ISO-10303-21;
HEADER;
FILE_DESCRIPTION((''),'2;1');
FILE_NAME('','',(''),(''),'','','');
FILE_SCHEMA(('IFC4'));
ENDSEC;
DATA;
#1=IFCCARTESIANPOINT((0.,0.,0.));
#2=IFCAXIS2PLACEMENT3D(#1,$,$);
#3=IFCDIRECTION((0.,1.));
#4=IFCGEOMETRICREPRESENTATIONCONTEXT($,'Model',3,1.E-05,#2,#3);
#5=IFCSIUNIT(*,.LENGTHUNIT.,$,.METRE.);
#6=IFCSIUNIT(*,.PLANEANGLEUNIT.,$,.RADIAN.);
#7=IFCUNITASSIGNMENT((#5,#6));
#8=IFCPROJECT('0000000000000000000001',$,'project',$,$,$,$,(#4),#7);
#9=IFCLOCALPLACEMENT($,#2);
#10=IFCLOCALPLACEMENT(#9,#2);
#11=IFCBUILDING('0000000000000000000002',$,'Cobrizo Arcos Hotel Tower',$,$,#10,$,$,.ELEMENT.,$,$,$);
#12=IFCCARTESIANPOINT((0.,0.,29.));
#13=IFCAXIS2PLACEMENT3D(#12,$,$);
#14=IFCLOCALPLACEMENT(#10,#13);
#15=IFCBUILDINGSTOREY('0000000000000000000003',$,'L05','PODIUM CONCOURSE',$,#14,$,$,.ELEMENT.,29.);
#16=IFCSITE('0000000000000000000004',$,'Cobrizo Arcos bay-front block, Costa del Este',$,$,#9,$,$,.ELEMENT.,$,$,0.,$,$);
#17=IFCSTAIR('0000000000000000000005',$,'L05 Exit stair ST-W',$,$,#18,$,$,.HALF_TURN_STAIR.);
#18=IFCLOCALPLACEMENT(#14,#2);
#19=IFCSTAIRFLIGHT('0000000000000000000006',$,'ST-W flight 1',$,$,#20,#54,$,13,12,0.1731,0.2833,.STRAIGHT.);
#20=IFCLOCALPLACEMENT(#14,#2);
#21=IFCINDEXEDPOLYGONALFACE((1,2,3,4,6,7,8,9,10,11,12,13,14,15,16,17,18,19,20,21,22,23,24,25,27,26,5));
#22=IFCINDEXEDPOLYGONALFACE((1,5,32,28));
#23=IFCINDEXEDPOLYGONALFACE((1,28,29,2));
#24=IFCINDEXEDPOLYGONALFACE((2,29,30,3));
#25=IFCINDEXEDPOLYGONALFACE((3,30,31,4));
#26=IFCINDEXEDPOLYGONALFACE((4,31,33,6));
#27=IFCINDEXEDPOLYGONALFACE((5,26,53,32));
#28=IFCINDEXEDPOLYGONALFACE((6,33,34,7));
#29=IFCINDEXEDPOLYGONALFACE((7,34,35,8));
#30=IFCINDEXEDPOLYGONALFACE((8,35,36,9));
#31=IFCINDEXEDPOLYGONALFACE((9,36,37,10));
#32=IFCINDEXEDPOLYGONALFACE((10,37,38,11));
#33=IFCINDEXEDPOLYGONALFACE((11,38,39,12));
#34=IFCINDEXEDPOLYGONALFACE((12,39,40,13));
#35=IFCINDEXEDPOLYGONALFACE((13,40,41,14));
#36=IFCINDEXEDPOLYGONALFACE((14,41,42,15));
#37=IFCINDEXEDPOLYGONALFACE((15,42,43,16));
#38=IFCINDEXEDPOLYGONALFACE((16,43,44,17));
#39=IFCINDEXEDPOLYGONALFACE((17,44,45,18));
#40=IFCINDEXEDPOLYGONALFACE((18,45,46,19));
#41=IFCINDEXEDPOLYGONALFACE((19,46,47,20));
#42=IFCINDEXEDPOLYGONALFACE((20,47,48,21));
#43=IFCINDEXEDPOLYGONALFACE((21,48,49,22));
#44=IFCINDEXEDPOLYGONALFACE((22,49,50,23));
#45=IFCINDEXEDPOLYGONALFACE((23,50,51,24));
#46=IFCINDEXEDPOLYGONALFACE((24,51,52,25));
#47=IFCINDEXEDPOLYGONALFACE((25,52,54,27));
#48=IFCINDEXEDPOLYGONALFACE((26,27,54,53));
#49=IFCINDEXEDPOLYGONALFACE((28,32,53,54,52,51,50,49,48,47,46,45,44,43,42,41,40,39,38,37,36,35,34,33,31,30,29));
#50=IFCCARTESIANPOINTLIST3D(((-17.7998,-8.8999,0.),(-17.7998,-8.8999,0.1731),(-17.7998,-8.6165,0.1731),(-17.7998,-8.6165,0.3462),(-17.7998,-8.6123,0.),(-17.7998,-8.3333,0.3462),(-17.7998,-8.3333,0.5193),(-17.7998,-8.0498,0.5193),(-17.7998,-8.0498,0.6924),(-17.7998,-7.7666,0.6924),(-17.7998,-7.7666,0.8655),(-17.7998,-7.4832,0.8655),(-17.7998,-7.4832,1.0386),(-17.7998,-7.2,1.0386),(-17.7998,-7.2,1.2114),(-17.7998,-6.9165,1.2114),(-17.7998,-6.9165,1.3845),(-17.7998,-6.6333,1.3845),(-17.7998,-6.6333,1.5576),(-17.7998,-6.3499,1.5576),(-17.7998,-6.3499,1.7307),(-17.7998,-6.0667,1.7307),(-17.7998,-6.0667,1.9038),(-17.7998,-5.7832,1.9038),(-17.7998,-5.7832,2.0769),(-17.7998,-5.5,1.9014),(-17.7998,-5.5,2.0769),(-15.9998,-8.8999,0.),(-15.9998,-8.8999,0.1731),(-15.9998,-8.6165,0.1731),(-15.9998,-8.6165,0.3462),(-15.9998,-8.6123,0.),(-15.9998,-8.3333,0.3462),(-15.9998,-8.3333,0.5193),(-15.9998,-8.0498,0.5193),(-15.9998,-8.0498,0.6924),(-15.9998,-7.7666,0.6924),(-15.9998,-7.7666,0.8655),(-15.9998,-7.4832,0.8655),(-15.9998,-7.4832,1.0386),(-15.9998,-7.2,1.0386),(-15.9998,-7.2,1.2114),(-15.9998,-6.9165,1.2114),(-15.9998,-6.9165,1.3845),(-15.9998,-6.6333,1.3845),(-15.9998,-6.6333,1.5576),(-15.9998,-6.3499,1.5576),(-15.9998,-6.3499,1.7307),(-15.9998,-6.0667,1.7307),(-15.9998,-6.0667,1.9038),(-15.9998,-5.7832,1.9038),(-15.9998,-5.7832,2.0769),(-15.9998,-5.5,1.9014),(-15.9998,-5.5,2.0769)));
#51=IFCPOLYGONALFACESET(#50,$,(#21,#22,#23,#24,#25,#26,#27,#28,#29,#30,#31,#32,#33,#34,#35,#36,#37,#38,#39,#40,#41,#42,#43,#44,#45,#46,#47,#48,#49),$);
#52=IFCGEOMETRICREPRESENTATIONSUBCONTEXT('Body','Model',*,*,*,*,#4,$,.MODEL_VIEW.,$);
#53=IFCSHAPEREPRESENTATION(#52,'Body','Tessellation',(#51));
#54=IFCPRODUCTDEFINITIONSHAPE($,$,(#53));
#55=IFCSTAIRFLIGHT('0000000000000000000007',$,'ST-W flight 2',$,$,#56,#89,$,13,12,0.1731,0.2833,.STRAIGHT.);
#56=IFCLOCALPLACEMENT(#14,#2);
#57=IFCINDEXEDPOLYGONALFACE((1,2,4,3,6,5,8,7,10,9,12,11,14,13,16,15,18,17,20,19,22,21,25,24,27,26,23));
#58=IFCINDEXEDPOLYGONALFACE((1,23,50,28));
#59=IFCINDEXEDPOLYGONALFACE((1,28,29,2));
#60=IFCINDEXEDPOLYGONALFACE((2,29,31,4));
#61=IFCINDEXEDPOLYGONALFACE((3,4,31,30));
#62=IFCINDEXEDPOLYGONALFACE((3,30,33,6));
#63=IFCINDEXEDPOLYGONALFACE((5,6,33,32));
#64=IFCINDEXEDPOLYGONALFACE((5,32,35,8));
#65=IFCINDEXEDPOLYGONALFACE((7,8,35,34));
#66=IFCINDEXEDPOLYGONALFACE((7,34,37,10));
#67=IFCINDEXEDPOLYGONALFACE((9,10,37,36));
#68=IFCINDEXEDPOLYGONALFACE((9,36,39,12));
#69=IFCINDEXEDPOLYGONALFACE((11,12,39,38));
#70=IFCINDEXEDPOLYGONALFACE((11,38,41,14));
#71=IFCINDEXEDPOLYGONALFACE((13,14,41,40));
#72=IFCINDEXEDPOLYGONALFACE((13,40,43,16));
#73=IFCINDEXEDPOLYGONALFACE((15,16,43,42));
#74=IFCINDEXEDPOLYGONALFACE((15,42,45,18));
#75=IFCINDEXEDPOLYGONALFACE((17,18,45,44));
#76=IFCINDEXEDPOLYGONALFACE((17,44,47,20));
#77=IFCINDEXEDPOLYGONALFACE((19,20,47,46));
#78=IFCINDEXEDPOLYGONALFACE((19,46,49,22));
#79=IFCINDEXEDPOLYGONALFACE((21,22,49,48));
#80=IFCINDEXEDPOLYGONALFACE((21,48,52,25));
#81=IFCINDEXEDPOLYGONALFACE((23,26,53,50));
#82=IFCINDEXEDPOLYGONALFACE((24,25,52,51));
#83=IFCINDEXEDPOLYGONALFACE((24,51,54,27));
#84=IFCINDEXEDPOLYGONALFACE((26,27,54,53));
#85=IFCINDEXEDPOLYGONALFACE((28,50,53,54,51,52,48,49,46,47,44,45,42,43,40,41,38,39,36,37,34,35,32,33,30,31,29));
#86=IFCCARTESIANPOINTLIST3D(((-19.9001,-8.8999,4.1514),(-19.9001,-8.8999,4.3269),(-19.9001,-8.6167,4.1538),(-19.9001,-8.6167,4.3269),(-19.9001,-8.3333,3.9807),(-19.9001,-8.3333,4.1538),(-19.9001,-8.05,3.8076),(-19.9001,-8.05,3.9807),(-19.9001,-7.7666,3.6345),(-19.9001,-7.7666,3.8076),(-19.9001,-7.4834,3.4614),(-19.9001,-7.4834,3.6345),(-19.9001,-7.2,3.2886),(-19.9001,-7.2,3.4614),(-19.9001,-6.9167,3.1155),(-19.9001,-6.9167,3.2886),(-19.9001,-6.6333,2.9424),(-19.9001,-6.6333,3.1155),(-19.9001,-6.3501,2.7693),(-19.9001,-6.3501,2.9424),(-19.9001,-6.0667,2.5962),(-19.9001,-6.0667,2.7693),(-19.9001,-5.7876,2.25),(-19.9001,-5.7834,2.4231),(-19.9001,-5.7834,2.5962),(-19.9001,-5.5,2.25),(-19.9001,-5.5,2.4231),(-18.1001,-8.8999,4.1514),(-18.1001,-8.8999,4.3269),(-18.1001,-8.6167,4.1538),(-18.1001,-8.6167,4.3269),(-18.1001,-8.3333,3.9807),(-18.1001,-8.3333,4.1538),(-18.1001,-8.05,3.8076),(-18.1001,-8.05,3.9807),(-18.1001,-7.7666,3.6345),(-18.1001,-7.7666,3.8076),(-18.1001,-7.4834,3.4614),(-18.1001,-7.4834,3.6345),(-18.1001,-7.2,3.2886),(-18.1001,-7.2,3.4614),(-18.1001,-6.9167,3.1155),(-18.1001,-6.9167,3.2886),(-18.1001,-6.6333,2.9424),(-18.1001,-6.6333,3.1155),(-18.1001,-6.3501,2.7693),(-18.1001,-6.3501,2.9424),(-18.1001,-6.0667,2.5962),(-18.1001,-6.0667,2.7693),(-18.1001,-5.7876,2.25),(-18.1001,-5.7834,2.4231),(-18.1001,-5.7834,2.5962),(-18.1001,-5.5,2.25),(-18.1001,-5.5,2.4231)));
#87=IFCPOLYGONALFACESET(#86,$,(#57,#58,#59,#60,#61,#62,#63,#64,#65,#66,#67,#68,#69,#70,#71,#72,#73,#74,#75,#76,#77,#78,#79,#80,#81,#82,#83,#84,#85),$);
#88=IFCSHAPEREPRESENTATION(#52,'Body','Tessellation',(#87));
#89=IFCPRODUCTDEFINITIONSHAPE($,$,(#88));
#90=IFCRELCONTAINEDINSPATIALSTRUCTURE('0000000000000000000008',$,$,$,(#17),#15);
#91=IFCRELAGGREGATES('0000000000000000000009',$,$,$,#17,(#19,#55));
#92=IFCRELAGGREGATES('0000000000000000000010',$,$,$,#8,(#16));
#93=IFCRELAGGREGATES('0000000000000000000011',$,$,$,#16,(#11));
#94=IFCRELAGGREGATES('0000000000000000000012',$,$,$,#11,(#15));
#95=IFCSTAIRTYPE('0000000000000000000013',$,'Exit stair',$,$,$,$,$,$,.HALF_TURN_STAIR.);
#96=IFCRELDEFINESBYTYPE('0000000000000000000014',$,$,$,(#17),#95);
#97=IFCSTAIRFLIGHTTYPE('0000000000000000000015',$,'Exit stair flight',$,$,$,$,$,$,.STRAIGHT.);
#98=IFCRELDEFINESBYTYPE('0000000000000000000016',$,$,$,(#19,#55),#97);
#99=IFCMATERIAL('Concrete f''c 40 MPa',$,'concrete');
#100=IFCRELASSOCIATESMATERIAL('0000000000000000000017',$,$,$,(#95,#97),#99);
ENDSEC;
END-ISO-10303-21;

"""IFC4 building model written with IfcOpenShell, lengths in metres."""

from ifc_helpers import new_model, si_unit, direction, frame, origin, place, context, subcontext, project, spatial, polyline, outline, extrude, material, type_object, element, aggregate, save


model = new_model("IFC4")

# Units and contexts
model_context = context("Model", 3, precision=1e-05, world=origin(), true_north=direction((0.0, 1.0)))
body_context = subcontext(model_context, "Body", "Model", "MODEL_VIEW")
ifc_project = project(units=[si_unit("LENGTHUNIT", "METRE"), si_unit("PLANEANGLEUNIT", "RADIAN")], contexts=[model_context])

# Site, building, storey
site_placement = place(None, origin())
site = spatial("IfcSite", under=ifc_project, at=site_placement, Name="Cobrizo Arcos bay-front block, Costa del Este", CompositionType="ELEMENT", RefElevation=0.0)
building_placement = place(site_placement, origin())
building = spatial("IfcBuilding", under=site, at=building_placement, Name="Cobrizo Arcos Hotel Tower", CompositionType="ELEMENT")
storey_placement = place(building_placement, frame((0.0, 0.0, 29.0)))
storey = spatial("IfcBuildingStorey", under=building, at=storey_placement, Name="L05", Description="PODIUM CONCOURSE", CompositionType="ELEMENT", Elevation=29.0)

# Shared definitions
ifc_material_1 = material(Name="Concrete f'c 40 MPa", Category="concrete")

# Stair, stair flights
stair_type = type_object("IfcStairType", Name="Exit stair", PredefinedType="HALF_TURN_STAIR", material=ifc_material_1)
stair_placement = place(storey_placement, origin())
stair = element("IfcStair", 1, at=stair_placement, inside=storey, type_object=stair_type, Name="L05 Exit stair ST-W", PredefinedType="HALF_TURN_STAIR")
stair_flight_type = type_object("IfcStairFlightType", Name="Exit stair flight", PredefinedType="STRAIGHT", material=ifc_material_1)
stair_flight_1_placement = place(storey_placement, frame((-16.8999, -8.8999, 0.0), z_axis=(0.0, 0.0, 1.0), x_axis=(0.0, 1.0, 0.0)))
stair_flight_1 = element("IfcStairFlight", 2, at=stair_flight_1_placement, type_object=stair_flight_type, Name="ST-W flight 1", NumberOfRisers=13, NumberOfTreads=12, PredefinedType="STRAIGHT", RiserHeight=0.1731, TreadLength=0.2833, context=body_context, shape_type="SweptSolid", body=[
    extrude(outline(polyline([(0.0, 0.0), (0.0, 0.1731), (0.2834, 0.1731), (0.2834, 0.3462), (0.5667, 0.3462), (0.5667, 0.5193), (0.8501, 0.5193), (0.8501, 0.6924), (1.1333, 0.6924), (1.1333, 0.8655), (1.4167, 0.8655), (1.4167, 1.0386), (1.7, 1.0386), (1.7, 1.2114), (1.9834, 1.2114), (1.9834, 1.3845), (2.2666, 1.3845), (2.2666, 1.5576), (2.55, 1.5576), (2.55, 1.7307), (2.8333, 1.7307), (2.8333, 1.9038), (3.1167, 1.9038), (3.1167, 2.0769), (3.3999, 2.0769), (3.3999, 2.25), (3.3999, 1.9014), (0.2876, 0.0), (0.0, 0.0)])), frame((0.0, 0.8999, 0.0), z_axis=(0.0, -1.0, 0.0), x_axis=(1.0, 0.0, 0.0)), (0.0, 0.0, 1.0), 1.8),
])
stair_flight_2_placement = place(storey_placement, frame((-19.0, -5.5, 2.25), z_axis=(0.0, 0.0, 1.0), x_axis=(0.0, -1.0, 0.0)))
stair_flight_2 = element("IfcStairFlight", 3, at=stair_flight_2_placement, type_object=stair_flight_type, Name="ST-W flight 2", NumberOfRisers=13, NumberOfTreads=12, PredefinedType="STRAIGHT", RiserHeight=0.1731, TreadLength=0.2833, context=body_context, shape_type="SweptSolid", body=[
    extrude(outline(polyline([(0.0, 0.0), (0.0, 0.1731), (0.2834, 0.1731), (0.2834, 0.3462), (0.5667, 0.3462), (0.5667, 0.5193), (0.8501, 0.5193), (0.8501, 0.6924), (1.1333, 0.6924), (1.1333, 0.8655), (1.4167, 0.8655), (1.4167, 1.0386), (1.7, 1.0386), (1.7, 1.2114), (1.9834, 1.2114), (1.9834, 1.3845), (2.2666, 1.3845), (2.2666, 1.5576), (2.55, 1.5576), (2.55, 1.7307), (2.8333, 1.7307), (2.8333, 1.9038), (3.1167, 1.9038), (3.1167, 2.0769), (3.3999, 2.0769), (3.3999, 2.25), (3.3999, 1.9014), (0.2876, 0.0), (0.0, 0.0)])), frame((0.0, 0.8999, 0.0), z_axis=(0.0, -1.0, 0.0), x_axis=(1.0, 0.0, 0.0)), (0.0, 0.0, 1.0), 1.8),
])
aggregate(stair, [stair_flight_1, stair_flight_2])

save(model, "model.ifc")
